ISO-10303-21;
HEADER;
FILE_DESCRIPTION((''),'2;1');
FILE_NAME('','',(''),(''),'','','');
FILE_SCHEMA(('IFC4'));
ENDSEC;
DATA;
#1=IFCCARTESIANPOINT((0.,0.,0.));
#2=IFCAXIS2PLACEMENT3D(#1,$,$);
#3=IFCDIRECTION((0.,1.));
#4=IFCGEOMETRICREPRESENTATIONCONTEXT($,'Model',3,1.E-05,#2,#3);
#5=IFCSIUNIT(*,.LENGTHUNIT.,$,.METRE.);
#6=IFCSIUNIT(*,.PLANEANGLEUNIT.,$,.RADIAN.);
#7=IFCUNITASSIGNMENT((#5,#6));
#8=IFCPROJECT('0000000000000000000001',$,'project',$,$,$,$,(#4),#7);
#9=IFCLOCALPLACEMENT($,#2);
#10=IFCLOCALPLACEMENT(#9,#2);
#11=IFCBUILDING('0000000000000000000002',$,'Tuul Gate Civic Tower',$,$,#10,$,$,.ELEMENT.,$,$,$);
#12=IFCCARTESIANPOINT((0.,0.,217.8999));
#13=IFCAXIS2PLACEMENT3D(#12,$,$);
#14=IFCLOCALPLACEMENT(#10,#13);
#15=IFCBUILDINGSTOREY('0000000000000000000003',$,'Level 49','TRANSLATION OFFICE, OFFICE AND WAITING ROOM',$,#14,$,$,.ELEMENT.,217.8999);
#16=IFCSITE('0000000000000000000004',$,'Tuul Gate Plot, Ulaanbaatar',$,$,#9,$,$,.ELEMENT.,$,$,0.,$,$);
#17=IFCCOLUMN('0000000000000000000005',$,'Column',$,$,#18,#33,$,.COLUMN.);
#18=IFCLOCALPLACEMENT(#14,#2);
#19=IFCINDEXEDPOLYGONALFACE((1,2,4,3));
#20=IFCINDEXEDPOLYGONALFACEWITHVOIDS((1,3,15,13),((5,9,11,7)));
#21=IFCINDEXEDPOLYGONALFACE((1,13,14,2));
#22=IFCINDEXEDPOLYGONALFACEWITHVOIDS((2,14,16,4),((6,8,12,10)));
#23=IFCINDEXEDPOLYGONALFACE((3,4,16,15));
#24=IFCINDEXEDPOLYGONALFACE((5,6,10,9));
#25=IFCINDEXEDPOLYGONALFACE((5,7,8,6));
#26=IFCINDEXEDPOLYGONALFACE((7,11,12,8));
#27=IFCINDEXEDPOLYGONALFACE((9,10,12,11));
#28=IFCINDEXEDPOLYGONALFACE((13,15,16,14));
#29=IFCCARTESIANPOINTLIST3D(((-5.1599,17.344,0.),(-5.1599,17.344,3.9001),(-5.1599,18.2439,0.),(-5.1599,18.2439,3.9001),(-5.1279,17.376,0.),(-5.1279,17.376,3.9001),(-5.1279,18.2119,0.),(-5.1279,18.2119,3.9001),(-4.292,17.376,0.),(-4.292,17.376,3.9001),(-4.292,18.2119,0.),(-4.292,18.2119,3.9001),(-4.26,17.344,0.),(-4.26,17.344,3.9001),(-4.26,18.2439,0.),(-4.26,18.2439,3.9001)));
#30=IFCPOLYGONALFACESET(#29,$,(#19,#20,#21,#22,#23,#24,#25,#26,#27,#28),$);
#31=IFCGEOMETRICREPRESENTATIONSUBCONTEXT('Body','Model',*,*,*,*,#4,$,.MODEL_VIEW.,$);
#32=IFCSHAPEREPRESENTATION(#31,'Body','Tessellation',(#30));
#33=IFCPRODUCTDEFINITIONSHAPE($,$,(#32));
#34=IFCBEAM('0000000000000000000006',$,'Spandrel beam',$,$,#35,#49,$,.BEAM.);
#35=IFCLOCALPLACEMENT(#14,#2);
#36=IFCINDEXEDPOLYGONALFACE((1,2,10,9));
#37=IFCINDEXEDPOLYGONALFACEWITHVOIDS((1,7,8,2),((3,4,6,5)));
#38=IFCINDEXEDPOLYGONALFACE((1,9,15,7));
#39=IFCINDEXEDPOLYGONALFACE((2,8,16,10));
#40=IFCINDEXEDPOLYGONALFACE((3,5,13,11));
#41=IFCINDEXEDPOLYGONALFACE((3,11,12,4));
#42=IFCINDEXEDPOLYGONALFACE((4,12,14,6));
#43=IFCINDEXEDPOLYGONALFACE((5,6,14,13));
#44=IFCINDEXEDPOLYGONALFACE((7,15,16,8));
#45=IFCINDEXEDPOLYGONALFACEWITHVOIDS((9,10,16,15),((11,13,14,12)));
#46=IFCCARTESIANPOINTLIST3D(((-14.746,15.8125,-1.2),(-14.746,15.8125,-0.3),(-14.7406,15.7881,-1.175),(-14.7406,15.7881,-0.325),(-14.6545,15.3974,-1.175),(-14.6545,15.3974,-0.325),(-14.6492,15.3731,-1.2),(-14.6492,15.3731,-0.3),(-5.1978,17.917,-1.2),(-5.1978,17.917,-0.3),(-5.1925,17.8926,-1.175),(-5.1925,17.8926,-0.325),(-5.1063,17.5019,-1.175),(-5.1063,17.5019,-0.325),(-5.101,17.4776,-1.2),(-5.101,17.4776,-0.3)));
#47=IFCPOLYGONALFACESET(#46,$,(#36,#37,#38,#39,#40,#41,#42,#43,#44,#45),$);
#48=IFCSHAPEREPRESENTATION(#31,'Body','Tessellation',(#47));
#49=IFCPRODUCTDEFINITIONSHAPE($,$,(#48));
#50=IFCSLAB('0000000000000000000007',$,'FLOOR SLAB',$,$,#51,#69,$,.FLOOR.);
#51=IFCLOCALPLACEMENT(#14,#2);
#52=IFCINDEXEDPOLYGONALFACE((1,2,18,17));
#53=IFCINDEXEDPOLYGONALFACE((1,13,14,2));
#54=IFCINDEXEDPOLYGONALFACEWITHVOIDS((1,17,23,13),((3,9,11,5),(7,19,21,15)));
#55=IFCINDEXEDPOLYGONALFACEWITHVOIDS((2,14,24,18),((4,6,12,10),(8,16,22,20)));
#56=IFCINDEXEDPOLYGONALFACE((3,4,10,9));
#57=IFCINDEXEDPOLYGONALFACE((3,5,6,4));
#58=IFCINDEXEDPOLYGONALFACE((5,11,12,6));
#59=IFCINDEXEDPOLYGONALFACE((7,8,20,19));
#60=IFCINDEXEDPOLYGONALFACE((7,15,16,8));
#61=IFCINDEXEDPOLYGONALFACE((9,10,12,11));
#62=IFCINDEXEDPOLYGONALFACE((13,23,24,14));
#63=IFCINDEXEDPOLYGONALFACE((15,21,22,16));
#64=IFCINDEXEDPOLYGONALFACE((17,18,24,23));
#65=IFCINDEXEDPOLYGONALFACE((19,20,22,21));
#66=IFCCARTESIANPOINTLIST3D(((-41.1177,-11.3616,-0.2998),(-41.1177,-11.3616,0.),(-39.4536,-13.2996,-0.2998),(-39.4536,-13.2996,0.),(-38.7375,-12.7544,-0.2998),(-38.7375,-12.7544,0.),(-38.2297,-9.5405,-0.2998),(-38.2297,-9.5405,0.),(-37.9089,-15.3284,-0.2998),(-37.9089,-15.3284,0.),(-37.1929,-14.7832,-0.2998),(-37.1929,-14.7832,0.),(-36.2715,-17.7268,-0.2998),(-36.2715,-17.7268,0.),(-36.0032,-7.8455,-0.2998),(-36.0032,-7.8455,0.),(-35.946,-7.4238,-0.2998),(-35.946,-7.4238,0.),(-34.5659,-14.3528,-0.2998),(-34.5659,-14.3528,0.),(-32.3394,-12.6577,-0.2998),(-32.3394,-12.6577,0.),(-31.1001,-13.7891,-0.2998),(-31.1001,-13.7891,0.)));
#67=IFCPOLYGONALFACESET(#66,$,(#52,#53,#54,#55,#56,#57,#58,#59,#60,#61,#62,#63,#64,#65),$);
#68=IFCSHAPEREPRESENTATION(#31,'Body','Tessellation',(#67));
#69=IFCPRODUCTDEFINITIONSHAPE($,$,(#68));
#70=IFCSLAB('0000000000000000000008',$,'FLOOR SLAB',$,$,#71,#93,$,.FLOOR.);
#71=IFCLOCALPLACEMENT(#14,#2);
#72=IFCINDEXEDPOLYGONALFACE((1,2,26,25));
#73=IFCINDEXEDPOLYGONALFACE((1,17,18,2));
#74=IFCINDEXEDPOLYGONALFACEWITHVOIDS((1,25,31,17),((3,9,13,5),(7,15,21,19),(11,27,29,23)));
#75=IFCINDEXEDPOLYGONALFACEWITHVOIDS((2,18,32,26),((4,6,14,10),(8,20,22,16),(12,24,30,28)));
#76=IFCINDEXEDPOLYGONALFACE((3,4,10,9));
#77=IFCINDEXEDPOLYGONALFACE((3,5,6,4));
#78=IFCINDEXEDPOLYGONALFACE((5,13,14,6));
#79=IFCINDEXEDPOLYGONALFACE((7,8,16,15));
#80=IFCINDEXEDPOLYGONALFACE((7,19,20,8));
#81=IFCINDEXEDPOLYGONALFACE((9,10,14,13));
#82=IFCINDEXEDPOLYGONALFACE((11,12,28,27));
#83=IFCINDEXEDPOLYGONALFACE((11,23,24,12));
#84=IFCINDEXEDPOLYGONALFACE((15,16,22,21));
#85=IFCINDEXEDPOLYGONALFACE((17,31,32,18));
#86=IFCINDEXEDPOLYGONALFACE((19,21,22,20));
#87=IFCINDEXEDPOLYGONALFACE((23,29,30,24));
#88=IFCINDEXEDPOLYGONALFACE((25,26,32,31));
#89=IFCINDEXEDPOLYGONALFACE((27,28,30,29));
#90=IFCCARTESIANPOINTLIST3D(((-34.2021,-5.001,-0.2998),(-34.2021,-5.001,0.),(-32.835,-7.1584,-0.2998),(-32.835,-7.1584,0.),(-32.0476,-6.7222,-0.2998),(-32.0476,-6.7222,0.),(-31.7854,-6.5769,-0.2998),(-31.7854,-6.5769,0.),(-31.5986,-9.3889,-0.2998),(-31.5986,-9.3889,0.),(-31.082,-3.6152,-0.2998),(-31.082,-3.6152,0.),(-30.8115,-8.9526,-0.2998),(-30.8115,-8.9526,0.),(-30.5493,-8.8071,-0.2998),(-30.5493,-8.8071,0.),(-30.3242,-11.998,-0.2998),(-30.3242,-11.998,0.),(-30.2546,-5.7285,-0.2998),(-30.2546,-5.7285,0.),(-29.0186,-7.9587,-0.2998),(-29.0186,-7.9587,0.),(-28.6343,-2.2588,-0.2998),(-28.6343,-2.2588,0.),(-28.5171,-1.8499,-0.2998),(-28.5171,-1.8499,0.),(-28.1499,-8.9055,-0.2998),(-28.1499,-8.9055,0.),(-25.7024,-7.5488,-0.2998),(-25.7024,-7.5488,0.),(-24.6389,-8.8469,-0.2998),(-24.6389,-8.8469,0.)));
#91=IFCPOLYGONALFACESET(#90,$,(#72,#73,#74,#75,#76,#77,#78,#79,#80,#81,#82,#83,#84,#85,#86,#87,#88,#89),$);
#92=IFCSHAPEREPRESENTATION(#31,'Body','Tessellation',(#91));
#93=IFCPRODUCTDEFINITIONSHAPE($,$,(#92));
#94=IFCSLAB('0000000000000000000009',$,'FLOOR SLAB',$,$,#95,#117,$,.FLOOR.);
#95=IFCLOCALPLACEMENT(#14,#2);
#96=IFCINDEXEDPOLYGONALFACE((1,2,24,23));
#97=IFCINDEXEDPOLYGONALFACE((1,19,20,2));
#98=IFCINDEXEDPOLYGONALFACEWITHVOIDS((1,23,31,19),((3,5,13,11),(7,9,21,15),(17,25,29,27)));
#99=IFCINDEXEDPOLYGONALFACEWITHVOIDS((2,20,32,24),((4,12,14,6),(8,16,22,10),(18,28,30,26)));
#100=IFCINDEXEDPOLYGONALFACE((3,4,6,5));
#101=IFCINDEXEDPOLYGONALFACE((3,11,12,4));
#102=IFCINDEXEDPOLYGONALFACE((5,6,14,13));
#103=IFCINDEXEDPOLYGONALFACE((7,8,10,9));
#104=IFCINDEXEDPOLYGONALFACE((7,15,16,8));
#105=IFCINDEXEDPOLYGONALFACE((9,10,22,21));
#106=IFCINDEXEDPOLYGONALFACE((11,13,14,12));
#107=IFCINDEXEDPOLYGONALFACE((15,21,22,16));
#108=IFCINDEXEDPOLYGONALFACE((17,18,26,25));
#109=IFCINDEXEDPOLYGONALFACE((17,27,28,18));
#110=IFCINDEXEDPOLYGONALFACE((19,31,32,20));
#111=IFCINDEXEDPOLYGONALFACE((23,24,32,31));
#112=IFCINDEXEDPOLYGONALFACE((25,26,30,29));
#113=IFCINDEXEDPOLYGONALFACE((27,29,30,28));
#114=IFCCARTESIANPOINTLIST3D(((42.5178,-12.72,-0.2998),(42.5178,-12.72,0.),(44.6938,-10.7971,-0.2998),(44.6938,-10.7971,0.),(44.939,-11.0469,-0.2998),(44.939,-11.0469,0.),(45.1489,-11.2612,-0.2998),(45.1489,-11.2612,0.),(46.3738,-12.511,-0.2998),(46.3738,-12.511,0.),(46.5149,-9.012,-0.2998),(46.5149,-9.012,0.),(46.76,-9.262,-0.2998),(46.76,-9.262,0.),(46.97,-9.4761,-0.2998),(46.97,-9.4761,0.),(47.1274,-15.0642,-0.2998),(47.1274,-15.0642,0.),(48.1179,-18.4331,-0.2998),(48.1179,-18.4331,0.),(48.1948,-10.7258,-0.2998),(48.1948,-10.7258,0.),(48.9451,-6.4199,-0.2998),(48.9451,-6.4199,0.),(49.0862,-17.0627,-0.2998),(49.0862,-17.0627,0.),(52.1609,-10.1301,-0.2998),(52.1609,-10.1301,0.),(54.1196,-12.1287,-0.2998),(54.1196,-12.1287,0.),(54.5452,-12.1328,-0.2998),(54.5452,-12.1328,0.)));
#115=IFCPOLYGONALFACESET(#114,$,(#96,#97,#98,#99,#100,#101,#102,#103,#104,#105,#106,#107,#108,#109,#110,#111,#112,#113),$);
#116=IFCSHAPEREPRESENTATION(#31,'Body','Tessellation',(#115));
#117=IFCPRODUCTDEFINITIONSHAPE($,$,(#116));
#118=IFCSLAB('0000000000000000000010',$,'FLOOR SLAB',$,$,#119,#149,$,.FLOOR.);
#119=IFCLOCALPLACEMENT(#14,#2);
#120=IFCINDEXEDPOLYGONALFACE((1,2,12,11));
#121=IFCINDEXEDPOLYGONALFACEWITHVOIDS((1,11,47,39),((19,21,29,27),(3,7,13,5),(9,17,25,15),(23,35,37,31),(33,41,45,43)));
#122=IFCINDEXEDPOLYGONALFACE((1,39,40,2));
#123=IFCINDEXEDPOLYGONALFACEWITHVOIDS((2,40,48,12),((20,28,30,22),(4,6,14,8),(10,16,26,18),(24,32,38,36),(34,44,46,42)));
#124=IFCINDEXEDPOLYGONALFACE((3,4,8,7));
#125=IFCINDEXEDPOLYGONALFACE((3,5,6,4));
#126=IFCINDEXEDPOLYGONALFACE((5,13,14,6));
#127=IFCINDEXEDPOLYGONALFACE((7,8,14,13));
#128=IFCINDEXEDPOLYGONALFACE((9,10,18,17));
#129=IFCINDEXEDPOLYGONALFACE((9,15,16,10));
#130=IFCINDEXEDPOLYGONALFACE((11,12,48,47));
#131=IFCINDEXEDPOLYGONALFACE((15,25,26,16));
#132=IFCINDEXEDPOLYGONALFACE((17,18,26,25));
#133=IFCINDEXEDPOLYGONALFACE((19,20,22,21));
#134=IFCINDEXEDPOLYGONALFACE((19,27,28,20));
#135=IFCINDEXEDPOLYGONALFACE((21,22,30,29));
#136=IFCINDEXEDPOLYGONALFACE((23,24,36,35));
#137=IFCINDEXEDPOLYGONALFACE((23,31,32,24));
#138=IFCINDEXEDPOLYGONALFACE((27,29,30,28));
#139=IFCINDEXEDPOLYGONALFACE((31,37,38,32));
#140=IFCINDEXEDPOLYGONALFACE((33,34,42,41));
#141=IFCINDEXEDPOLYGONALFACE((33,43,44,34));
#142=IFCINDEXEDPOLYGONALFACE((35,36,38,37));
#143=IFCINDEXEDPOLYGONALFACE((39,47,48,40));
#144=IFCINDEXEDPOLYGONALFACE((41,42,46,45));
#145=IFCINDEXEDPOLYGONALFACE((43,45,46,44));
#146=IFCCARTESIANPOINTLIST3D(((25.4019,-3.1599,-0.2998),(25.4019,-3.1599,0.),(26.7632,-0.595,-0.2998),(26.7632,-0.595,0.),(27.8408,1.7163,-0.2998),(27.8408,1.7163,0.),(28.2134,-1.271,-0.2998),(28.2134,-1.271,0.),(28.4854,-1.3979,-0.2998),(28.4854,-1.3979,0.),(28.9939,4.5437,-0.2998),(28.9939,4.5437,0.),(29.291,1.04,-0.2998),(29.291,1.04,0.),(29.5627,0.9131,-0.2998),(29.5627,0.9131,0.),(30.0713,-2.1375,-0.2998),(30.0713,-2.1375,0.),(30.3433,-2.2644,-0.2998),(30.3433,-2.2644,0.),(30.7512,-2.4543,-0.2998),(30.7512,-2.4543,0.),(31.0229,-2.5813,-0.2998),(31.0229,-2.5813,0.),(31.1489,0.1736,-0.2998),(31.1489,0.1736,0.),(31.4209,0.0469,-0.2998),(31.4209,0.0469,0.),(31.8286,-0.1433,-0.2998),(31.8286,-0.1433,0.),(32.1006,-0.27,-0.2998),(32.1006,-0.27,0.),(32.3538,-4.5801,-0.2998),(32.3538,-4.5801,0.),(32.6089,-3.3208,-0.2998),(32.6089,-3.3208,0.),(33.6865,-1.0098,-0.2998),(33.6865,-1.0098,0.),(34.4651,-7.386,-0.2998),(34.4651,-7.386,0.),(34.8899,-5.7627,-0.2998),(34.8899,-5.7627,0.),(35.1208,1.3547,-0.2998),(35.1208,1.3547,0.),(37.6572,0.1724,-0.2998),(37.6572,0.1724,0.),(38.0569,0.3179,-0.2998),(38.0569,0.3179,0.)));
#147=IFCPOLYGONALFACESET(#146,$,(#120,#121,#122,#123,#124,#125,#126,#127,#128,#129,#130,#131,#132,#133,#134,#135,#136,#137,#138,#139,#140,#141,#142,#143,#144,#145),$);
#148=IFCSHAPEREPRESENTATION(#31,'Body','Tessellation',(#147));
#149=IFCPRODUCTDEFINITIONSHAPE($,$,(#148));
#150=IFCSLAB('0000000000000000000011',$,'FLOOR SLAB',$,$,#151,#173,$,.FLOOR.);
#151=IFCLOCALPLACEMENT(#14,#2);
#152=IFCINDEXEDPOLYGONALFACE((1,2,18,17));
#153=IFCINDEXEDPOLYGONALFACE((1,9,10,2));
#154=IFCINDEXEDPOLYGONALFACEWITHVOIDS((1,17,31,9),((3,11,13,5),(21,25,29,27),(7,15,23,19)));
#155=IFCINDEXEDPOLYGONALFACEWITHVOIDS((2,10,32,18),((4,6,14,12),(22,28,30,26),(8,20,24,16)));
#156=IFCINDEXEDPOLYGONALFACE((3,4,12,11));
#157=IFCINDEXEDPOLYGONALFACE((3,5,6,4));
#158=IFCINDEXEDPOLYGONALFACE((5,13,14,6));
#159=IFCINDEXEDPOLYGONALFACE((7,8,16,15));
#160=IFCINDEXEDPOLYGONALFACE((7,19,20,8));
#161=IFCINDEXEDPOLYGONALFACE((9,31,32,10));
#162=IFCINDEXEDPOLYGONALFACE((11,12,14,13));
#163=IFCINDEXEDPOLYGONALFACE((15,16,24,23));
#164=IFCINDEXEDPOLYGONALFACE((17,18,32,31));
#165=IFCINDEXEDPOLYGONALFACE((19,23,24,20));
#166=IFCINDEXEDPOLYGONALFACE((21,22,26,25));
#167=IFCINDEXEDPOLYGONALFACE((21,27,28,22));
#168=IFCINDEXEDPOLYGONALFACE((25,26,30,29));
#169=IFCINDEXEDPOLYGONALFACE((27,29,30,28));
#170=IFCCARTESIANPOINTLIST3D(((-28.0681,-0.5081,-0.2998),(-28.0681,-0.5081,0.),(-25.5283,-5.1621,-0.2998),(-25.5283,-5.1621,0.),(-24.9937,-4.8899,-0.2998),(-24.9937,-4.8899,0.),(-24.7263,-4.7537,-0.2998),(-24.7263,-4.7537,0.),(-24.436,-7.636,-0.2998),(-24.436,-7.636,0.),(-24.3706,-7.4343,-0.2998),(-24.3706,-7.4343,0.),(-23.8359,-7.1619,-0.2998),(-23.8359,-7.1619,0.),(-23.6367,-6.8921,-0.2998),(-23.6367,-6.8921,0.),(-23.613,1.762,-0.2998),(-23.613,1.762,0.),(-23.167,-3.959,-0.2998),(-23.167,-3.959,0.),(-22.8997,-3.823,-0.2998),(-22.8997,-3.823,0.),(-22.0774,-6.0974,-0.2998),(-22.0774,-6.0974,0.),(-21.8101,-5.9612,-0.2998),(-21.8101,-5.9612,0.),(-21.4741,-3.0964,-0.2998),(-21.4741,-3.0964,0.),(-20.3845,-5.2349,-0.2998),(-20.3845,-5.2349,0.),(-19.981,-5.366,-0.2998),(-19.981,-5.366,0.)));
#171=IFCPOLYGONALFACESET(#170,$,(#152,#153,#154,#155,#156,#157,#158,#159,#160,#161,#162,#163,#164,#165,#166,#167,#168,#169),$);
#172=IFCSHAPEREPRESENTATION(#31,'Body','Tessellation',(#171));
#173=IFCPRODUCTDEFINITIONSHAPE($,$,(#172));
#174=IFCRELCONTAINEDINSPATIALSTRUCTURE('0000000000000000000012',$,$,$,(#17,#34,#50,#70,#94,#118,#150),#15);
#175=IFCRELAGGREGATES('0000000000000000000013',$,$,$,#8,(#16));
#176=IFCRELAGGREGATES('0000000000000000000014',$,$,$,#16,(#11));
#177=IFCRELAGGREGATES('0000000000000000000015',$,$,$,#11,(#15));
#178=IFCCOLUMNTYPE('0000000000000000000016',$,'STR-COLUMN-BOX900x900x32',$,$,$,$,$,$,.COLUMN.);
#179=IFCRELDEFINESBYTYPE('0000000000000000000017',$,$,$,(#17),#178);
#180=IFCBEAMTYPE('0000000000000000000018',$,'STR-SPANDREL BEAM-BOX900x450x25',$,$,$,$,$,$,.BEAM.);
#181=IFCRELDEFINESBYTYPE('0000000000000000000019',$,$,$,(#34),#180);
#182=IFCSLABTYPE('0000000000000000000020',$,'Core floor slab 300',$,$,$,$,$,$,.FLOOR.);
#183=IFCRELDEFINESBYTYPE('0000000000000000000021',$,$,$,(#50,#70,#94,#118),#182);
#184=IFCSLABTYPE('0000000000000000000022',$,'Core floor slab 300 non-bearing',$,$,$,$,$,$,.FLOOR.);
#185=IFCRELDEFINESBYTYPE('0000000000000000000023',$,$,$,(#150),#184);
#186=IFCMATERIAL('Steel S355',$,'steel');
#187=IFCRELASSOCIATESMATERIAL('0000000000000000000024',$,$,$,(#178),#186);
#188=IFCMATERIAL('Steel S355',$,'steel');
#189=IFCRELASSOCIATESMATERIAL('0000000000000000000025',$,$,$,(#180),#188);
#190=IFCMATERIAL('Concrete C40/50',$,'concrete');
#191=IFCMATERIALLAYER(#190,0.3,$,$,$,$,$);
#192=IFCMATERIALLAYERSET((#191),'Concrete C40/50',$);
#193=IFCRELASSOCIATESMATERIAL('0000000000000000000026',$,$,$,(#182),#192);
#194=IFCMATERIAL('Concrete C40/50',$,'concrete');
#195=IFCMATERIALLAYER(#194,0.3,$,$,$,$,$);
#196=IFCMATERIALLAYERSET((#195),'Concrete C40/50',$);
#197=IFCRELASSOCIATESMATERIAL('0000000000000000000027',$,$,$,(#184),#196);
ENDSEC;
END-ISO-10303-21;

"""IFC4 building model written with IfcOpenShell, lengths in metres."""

from ifc_helpers import new_model, si_unit, direction, frame, origin, origin_2d, place, context, subcontext, project, spatial, polyline, hollow_rectangle, outline, extrude, material, layer, layer_set, material_profile, profile_set, type_object, element, save


model = new_model("IFC4")

# Units and contexts
model_context = context("Model", 3, precision=1e-05, world=origin(), true_north=direction((0.0, 1.0)))
body_context = subcontext(model_context, "Body", "Model", "MODEL_VIEW")
ifc_project = project(units=[si_unit("LENGTHUNIT", "METRE"), si_unit("PLANEANGLEUNIT", "RADIAN")], contexts=[model_context])

# Site, building, storey
site_placement = place(None, origin())
site = spatial("IfcSite", under=ifc_project, at=site_placement, Name="Tuul Gate Plot, Ulaanbaatar", CompositionType="ELEMENT", RefElevation=0.0)
building_placement = place(site_placement, origin())
building = spatial("IfcBuilding", under=site, at=building_placement, Name="Tuul Gate Civic Tower", CompositionType="ELEMENT")
storey_placement = place(building_placement, frame((0.0, 0.0, 217.8999)))
storey = spatial("IfcBuildingStorey", under=building, at=storey_placement, Name="Level 49", Description="TRANSLATION OFFICE, OFFICE AND WAITING ROOM", CompositionType="ELEMENT", Elevation=217.8999)

# Column
ifc_material_1 = material(Name="Steel S355", Category="steel")
ifc_material_profile_1 = material_profile(ifc_material_1, hollow_rectangle(XDim=0.8999, YDim=0.8999, WallThickness=0.032, at=origin_2d()), Name="BOX900x900x32")
ifc_profile_set_1 = profile_set([ifc_material_profile_1], Name="Steel S355")
column_type = type_object("IfcColumnType", Name="STR-COLUMN-BOX900x900x32", PredefinedType="COLUMN", material=ifc_profile_set_1)
column_placement = place(storey_placement, frame((-4.71, 17.7939, 0.0), z_axis=(0.0, 0.0, 1.0), x_axis=(1.0, 0.0, 0.0)))
element("IfcColumn", 1, at=column_placement, inside=storey, type_object=column_type, Name="Column", PredefinedType="COLUMN", context=body_context, shape_type="SweptSolid", body=[
    extrude(hollow_rectangle(XDim=0.8999, YDim=0.8999, WallThickness=0.032, at=origin_2d()), origin(), (0.0, 0.0, 1.0), 3.9001),
])

# Beam
ifc_material_2 = material(Name="Steel S355", Category="steel")
ifc_material_profile_2 = material_profile(ifc_material_2, hollow_rectangle(XDim=0.45, YDim=0.8999, WallThickness=0.0249, at=origin_2d()), Name="BOX900x450x25")
ifc_profile_set_2 = profile_set([ifc_material_profile_2], Name="Steel S355")
beam_type = type_object("IfcBeamType", Name="STR-SPANDREL BEAM-BOX900x450x25", PredefinedType="BEAM", material=ifc_profile_set_2)
beam_placement = place(storey_placement, frame((-5.1494, 17.6973, -0.75), z_axis=(-0.97656, -0.215243, 0.0), x_axis=(0.215243, -0.97656, 0.0)))
element("IfcBeam", 2, at=beam_placement, inside=storey, type_object=beam_type, Name="Spandrel beam", PredefinedType="BEAM", context=body_context, shape_type="SweptSolid", body=[
    extrude(hollow_rectangle(XDim=0.45, YDim=0.8999, WallThickness=0.0249, at=origin_2d()), origin(), (0.0, 0.0, 1.0), 9.7773),
])

# Slabs
ifc_material_3 = material(Name="Concrete C40/50", Category="concrete")
ifc_layer_1 = layer(ifc_material_3, 0.3)
ifc_layer_set_1 = layer_set([ifc_layer_1], Name="Concrete C40/50")
slab_type_1 = type_object("IfcSlabType", Name="Core floor slab 300", PredefinedType="FLOOR", material=ifc_layer_set_1)
slab_1_placement = place(storey_placement, frame((0.0, 0.0, -0.2998)))
element("IfcSlab", 3, at=slab_1_placement, inside=storey, type_object=slab_type_1, Name="FLOOR SLAB", PredefinedType="FLOOR", context=body_context, shape_type="SweptSolid", body=[
    extrude(outline(polyline([(-31.1001, -13.7891), (-35.946, -7.4238), (-41.1177, -11.3616), (-36.2715, -17.7268), (-31.1001, -13.7891)]), holes=[polyline([(-37.1929, -14.7832), (-38.7375, -12.7544), (-39.4536, -13.2996), (-37.9089, -15.3284), (-37.1929, -14.7832)]), polyline([(-32.3394, -12.6577), (-34.5659, -14.3528), (-38.2297, -9.5405), (-36.0032, -7.8455), (-32.3394, -12.6577)])]), origin(), (0.0, 0.0, 1.0), 0.2998),
])
slab_2_placement = place(storey_placement, frame((0.0, 0.0, -0.2998)))
element("IfcSlab", 4, at=slab_2_placement, inside=storey, type_object=slab_type_1, Name="FLOOR SLAB", PredefinedType="FLOOR", context=body_context, shape_type="SweptSolid", body=[
    extrude(outline(polyline([(-24.6389, -8.8469), (-28.5171, -1.8499), (-34.2021, -5.001), (-30.3242, -11.998), (-24.6389, -8.8469)]), holes=[polyline([(-29.0186, -7.9587), (-30.2546, -5.7285), (-31.7854, -6.5769), (-30.5493, -8.8071), (-29.0186, -7.9587)]), polyline([(-30.8115, -8.9526), (-32.0476, -6.7222), (-32.835, -7.1584), (-31.5986, -9.3889), (-30.8115, -8.9526)]), polyline([(-25.7024, -7.5488), (-28.1499, -8.9055), (-31.082, -3.6152), (-28.6343, -2.2588), (-25.7024, -7.5488)])]), origin(), (0.0, 0.0, 1.0), 0.2998),
])
slab_3_placement = place(storey_placement, frame((0.0, 0.0, -0.2998)))
element("IfcSlab", 5, at=slab_3_placement, inside=storey, type_object=slab_type_1, Name="FLOOR SLAB", PredefinedType="FLOOR", context=body_context, shape_type="SweptSolid", body=[
    extrude(outline(polyline([(48.1179, -18.4331), (54.5452, -12.1328), (48.9451, -6.4199), (42.5178, -12.72), (48.1179, -18.4331)]), holes=[polyline([(46.3738, -12.511), (48.1948, -10.7258), (46.97, -9.4761), (45.1489, -11.2612), (46.3738, -12.511)]), polyline([(44.939, -11.0469), (46.76, -9.262), (46.5149, -9.012), (44.6938, -10.7971), (44.939, -11.0469)]), polyline([(49.0862, -17.0627), (47.1274, -15.0642), (52.1609, -10.1301), (54.1196, -12.1287), (49.0862, -17.0627)])]), origin(), (0.0, 0.0, 1.0), 0.2998),
])
slab_4_placement = place(storey_placement, frame((0.0, 0.0, -0.2998)))
element("IfcSlab", 6, at=slab_4_placement, inside=storey, type_object=slab_type_1, Name="FLOOR SLAB", PredefinedType="FLOOR", context=body_context, shape_type="SweptSolid", body=[
    extrude(outline(polyline([(34.4651, -7.386), (38.0569, 0.3179), (28.9939, 4.5437), (25.4019, -3.1599), (34.4651, -7.386)]), holes=[polyline([(32.6089, -3.3208), (33.6865, -1.0098), (32.1006, -0.27), (31.0229, -2.5813), (32.6089, -3.3208)]), polyline([(30.0713, -2.1375), (31.1489, 0.1736), (29.5627, 0.9131), (28.4854, -1.3979), (30.0713, -2.1375)]), polyline([(30.7512, -2.4543), (31.8286, -0.1433), (31.4209, 0.0469), (30.3433, -2.2644), (30.7512, -2.4543)]), polyline([(28.2134, -1.271), (29.291, 1.04), (27.8408, 1.7163), (26.7632, -0.595), (28.2134, -1.271)]), polyline([(34.8899, -5.7627), (32.3538, -4.5801), (35.1208, 1.3547), (37.6572, 0.1724), (34.8899, -5.7627)])]), origin(), (0.0, 0.0, 1.0), 0.2998),
])
ifc_material_4 = material(Name="Concrete C40/50", Category="concrete")
ifc_layer_2 = layer(ifc_material_4, 0.3)
ifc_layer_set_2 = layer_set([ifc_layer_2], Name="Concrete C40/50")
slab_type_2 = type_object("IfcSlabType", Name="Core floor slab 300 non-bearing", PredefinedType="FLOOR", material=ifc_layer_set_2)
slab_5_placement = place(storey_placement, frame((0.0, 0.0, -0.2998)))
element("IfcSlab", 7, at=slab_5_placement, inside=storey, type_object=slab_type_2, Name="FLOOR SLAB", PredefinedType="FLOOR", context=body_context, shape_type="SweptSolid", body=[
    extrude(outline(polyline([(-19.981, -5.366), (-23.613, 1.762), (-28.0681, -0.5081), (-24.436, -7.636), (-19.981, -5.366)]), holes=[polyline([(-20.3845, -5.2349), (-21.4741, -3.0964), (-22.8997, -3.823), (-21.8101, -5.9612), (-20.3845, -5.2349)]), polyline([(-22.0774, -6.0974), (-23.167, -3.959), (-24.7263, -4.7537), (-23.6367, -6.8921), (-22.0774, -6.0974)]), polyline([(-23.8359, -7.1619), (-24.9937, -4.8899), (-25.5283, -5.1621), (-24.3706, -7.4343), (-23.8359, -7.1619)])]), origin(), (0.0, 0.0, 1.0), 0.2998),
])

save(model, "model.ifc")
